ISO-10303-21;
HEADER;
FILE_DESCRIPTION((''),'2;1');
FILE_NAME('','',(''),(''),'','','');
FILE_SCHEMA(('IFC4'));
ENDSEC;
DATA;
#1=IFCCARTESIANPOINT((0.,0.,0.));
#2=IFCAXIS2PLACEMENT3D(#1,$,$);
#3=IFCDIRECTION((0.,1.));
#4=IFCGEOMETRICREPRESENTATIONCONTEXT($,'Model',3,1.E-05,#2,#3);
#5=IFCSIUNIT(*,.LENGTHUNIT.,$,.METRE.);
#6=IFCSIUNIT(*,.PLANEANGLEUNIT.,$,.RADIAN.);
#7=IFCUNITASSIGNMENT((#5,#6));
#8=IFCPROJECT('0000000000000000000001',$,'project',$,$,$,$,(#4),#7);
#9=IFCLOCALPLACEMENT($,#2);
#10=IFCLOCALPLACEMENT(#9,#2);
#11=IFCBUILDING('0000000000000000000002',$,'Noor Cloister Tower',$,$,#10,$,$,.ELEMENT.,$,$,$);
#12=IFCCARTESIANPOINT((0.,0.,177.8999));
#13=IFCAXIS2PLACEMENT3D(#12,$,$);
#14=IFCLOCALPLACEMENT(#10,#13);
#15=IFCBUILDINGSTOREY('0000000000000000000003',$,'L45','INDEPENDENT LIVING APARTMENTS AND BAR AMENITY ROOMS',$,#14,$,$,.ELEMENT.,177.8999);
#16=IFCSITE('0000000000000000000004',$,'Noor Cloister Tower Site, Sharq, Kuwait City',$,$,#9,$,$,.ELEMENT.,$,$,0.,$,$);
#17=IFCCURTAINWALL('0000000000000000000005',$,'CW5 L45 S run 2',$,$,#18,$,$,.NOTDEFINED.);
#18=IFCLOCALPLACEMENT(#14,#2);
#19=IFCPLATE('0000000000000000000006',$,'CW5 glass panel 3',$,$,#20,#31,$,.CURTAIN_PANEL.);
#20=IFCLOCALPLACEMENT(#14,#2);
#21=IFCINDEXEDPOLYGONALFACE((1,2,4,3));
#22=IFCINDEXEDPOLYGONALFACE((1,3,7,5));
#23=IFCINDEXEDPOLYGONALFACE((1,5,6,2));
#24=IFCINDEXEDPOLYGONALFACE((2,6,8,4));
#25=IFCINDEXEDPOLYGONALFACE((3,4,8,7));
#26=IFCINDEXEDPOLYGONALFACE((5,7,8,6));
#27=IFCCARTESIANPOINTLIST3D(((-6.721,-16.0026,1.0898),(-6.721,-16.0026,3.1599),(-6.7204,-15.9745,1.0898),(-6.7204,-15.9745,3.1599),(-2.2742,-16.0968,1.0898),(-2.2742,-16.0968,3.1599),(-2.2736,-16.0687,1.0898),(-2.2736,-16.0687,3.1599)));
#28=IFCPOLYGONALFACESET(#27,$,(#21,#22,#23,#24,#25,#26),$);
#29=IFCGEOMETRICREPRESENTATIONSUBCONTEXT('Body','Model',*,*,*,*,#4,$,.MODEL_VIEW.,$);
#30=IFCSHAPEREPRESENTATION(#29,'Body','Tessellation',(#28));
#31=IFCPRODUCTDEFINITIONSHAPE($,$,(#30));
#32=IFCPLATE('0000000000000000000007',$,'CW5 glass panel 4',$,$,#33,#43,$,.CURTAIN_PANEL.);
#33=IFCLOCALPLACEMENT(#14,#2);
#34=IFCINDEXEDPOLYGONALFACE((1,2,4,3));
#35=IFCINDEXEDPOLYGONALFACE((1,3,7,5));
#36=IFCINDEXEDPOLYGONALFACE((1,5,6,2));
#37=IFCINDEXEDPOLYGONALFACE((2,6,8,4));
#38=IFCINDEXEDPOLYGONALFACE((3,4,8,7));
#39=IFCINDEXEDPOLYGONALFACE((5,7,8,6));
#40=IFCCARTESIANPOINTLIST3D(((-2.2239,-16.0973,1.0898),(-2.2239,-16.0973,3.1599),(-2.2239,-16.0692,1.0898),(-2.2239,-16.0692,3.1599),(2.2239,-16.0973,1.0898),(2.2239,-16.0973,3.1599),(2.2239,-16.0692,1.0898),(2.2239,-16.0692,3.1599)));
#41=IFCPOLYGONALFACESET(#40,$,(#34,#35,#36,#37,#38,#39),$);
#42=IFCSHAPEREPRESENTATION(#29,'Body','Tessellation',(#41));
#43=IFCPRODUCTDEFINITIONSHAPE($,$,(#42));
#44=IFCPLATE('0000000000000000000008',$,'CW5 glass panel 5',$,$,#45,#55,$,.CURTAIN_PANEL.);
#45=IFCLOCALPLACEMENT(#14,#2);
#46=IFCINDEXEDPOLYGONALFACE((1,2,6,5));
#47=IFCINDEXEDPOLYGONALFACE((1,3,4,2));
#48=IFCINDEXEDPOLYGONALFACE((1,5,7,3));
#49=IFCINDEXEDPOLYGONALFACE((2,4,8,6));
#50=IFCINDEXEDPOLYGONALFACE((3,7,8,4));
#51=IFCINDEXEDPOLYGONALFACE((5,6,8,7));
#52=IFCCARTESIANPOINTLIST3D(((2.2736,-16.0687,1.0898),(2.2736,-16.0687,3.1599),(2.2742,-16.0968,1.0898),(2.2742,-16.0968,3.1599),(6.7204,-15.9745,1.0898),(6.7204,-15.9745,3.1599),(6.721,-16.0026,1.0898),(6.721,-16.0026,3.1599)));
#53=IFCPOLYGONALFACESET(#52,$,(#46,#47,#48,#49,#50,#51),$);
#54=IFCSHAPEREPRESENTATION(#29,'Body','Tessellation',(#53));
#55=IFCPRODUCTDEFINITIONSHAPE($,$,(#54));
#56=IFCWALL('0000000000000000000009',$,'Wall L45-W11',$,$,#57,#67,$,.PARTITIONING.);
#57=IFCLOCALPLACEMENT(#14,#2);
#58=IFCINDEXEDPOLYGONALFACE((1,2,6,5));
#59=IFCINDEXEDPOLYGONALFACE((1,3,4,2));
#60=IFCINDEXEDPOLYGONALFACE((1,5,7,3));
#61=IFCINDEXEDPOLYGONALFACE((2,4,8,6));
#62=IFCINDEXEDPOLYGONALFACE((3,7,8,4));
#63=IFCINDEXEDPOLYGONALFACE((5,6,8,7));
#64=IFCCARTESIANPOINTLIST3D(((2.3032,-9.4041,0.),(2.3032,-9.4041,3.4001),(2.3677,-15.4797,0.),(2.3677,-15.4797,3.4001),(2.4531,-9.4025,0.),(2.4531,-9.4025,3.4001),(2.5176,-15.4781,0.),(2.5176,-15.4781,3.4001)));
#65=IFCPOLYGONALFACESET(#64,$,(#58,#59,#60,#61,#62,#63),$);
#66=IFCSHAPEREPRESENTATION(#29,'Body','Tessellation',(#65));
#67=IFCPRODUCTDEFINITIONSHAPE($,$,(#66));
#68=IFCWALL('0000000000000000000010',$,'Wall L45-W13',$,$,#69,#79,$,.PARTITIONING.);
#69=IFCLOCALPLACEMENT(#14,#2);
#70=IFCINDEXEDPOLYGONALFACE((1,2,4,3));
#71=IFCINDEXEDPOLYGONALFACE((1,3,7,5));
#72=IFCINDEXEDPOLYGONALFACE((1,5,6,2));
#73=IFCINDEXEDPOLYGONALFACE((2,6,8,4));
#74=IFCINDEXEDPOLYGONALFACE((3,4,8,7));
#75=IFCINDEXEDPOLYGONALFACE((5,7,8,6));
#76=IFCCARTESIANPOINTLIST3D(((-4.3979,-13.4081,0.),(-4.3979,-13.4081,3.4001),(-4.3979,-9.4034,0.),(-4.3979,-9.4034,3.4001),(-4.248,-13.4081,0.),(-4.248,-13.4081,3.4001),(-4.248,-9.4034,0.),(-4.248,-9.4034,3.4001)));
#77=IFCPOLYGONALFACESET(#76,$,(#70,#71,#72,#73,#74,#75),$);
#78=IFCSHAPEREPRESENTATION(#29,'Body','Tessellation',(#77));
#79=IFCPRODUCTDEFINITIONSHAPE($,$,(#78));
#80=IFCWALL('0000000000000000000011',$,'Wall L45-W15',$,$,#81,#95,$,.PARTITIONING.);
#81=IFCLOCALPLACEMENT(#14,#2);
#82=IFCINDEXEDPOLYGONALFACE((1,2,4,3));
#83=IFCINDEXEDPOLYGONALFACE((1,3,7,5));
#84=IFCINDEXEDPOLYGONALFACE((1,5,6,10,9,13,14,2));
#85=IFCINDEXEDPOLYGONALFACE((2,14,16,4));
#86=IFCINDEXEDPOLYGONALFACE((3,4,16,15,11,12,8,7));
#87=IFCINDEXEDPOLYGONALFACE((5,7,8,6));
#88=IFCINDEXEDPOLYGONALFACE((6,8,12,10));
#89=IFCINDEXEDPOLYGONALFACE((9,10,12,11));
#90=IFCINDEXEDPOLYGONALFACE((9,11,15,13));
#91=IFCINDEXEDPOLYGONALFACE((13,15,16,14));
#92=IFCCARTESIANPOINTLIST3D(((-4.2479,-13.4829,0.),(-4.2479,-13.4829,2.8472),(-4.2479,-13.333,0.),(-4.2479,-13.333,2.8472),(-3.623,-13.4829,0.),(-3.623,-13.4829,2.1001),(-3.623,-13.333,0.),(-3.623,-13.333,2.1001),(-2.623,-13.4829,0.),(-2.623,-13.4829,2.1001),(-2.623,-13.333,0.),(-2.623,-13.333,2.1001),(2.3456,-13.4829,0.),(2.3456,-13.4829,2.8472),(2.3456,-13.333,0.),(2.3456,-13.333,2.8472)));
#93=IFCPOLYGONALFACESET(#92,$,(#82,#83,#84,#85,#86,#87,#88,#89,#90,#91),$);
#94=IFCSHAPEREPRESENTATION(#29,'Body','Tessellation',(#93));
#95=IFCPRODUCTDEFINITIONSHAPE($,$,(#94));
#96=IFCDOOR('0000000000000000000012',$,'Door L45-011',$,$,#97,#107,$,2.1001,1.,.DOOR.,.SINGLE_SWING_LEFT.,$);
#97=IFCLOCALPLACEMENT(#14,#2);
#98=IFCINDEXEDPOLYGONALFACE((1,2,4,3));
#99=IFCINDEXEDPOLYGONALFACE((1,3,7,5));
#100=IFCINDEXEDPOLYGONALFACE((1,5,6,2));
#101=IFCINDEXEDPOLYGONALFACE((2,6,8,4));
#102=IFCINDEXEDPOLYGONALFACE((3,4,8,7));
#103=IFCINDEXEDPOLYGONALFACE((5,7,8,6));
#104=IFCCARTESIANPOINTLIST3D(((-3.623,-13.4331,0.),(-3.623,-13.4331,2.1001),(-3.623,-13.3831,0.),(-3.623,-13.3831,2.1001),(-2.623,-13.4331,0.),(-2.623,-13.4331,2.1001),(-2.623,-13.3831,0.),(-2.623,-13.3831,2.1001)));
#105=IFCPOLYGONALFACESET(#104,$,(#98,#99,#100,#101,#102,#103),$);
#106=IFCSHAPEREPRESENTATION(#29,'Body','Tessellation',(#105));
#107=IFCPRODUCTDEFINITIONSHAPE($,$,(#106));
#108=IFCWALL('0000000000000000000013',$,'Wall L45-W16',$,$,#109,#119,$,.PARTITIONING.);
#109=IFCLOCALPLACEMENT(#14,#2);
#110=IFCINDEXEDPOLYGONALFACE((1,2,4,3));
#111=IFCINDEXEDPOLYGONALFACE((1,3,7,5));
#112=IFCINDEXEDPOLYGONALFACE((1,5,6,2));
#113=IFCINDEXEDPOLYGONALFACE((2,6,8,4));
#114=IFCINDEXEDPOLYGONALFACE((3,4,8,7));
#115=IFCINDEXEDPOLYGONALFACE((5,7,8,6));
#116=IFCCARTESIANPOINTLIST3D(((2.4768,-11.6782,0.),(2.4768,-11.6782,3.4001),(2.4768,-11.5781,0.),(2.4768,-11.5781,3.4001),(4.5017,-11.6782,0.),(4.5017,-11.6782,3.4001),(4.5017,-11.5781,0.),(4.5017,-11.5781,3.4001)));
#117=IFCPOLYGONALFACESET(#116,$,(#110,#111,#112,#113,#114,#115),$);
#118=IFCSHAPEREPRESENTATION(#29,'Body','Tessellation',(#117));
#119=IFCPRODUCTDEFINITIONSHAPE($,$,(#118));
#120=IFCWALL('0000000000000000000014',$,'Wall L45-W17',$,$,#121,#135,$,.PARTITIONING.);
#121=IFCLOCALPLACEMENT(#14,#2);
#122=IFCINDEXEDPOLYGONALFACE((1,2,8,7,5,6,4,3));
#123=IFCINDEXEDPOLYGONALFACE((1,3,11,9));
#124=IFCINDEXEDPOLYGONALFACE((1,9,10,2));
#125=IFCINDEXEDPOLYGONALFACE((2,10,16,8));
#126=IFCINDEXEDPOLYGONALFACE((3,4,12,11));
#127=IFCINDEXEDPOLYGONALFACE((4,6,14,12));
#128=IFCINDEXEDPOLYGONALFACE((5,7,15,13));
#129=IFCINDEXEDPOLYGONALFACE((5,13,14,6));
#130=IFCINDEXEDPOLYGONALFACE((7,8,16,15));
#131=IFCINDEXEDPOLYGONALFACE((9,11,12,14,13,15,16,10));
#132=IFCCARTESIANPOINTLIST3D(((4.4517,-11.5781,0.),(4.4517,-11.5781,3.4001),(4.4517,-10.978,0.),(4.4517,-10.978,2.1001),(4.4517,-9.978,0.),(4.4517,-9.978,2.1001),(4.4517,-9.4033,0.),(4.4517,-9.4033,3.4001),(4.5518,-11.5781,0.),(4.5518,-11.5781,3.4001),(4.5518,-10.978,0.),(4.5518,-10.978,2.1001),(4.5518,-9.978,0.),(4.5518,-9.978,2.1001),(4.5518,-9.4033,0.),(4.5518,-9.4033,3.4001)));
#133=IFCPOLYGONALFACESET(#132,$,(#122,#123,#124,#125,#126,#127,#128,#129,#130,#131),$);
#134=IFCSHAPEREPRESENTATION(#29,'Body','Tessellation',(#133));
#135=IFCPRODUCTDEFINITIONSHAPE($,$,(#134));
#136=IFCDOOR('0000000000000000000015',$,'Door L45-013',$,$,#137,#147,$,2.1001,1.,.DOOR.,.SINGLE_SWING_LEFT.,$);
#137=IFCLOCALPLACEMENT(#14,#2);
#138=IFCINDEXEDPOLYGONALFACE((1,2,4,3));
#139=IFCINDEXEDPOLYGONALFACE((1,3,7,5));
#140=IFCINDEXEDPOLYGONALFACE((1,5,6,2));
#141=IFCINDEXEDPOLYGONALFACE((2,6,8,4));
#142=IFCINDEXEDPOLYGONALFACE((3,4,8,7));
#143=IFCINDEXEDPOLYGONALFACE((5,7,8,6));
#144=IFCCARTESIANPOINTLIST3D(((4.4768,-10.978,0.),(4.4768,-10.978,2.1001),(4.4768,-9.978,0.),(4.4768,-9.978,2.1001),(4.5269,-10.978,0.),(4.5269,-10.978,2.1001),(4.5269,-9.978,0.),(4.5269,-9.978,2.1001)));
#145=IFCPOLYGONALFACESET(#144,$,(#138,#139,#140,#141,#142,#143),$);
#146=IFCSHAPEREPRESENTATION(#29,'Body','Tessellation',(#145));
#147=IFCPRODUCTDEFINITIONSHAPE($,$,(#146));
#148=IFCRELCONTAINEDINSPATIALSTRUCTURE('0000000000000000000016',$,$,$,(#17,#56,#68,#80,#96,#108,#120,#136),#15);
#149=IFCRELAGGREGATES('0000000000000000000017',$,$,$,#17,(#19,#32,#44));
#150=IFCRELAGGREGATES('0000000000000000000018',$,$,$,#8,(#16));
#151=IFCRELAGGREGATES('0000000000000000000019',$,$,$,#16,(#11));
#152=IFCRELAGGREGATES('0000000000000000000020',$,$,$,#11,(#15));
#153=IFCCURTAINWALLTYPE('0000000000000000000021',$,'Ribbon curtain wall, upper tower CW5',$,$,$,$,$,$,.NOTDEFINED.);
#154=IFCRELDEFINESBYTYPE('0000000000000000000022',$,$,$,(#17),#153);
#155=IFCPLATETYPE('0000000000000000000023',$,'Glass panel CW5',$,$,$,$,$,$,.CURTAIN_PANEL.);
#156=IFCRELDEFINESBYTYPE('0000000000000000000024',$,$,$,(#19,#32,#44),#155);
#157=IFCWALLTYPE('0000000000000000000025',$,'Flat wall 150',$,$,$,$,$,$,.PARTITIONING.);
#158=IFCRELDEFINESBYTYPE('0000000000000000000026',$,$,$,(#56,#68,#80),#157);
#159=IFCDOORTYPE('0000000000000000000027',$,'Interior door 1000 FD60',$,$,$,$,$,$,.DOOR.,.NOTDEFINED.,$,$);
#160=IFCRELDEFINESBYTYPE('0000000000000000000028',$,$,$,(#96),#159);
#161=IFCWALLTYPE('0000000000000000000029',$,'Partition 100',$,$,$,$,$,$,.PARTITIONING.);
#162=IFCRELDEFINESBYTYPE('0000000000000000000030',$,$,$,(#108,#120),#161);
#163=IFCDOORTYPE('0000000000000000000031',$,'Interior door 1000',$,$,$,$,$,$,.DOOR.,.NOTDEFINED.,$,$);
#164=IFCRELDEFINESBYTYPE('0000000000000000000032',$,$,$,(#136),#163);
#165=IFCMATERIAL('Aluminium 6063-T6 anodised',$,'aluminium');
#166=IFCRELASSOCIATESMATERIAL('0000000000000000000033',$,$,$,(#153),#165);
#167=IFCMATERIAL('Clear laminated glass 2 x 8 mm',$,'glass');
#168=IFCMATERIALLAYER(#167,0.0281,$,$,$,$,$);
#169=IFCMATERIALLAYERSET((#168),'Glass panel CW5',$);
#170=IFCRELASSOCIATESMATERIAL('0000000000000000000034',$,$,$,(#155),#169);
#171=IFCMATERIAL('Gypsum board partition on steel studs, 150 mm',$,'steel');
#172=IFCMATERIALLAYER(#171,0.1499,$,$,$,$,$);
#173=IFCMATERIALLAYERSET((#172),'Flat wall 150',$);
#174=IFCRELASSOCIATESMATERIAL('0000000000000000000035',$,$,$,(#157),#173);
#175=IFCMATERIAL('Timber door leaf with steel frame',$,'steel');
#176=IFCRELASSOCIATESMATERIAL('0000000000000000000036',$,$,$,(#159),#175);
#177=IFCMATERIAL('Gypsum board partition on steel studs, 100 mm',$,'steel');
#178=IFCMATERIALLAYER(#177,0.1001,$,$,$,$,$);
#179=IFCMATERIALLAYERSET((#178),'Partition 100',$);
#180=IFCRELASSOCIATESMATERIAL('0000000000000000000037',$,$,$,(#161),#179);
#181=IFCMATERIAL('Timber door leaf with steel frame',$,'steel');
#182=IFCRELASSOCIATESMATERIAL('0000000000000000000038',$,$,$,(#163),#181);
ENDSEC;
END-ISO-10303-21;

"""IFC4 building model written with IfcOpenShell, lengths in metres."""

from ifc_helpers import new_model, si_unit, direction, frame, frame_2d, origin, origin_2d, place, context, subcontext, project, spatial, rectangle, extrude, material, layer, layer_set, type_object, element, fill, aggregate, save


model = new_model("IFC4")

# Units and contexts
model_context = context("Model", 3, precision=1e-05, world=origin(), true_north=direction((0.0, 1.0)))
body_context = subcontext(model_context, "Body", "Model", "MODEL_VIEW")
ifc_project = project(units=[si_unit("LENGTHUNIT", "METRE"), si_unit("PLANEANGLEUNIT", "RADIAN")], contexts=[model_context])

# Site, building, storey
site_placement = place(None, origin())
site = spatial("IfcSite", under=ifc_project, at=site_placement, Name="Noor Cloister Tower Site, Sharq, Kuwait City", CompositionType="ELEMENT", RefElevation=0.0)
building_placement = place(site_placement, origin())
building = spatial("IfcBuilding", under=site, at=building_placement, Name="Noor Cloister Tower", CompositionType="ELEMENT")
storey_placement = place(building_placement, frame((0.0, 0.0, 177.8999)))
storey = spatial("IfcBuildingStorey", under=building, at=storey_placement, Name="L45", Description="INDEPENDENT LIVING APARTMENTS AND BAR AMENITY ROOMS", CompositionType="ELEMENT", Elevation=177.8999)

# Curtain wall
ifc_material_1 = material(Name="Aluminium 6063-T6 anodised", Category="aluminium")
curtain_wall_type = type_object("IfcCurtainWallType", Name="Ribbon curtain wall, upper tower CW5", PredefinedType="NOTDEFINED", material=ifc_material_1)
curtain_wall_placement = place(storey_placement, origin())
curtain_wall = element("IfcCurtainWall", 1, at=curtain_wall_placement, inside=storey, type_object=curtain_wall_type, Name="CW5 L45 S run 2", PredefinedType="NOTDEFINED")

# Plates
ifc_material_2 = material(Name="Clear laminated glass 2 x 8 mm", Category="glass")
ifc_layer_1 = layer(ifc_material_2, 0.0281)
ifc_layer_set_1 = layer_set([ifc_layer_1], Name="Glass panel CW5")
plate_type = type_object("IfcPlateType", Name="Glass panel CW5", PredefinedType="CURTAIN_PANEL", material=ifc_layer_set_1)
plate_1_placement = place(storey_placement, frame((-4.4973, -16.0356, 1.0898), z_axis=(0.0, 0.0, 1.0), x_axis=(0.999776, -0.02118, 0.0)))
plate_1 = element("IfcPlate", 2, at=plate_1_placement, type_object=plate_type, Name="CW5 glass panel 3", PredefinedType="CURTAIN_PANEL", context=body_context, shape_type="SweptSolid", body=[
    extrude(rectangle(XDim=4.4478, YDim=0.0281, at=origin_2d()), origin(), (0.0, 0.0, 1.0), 2.0701),
])
plate_2_placement = place(storey_placement, frame((0.0, -16.0833, 1.0898), z_axis=(0.0, 0.0, 1.0), x_axis=(1.0, 0.0, 0.0)))
plate_2 = element("IfcPlate", 3, at=plate_2_placement, type_object=plate_type, Name="CW5 glass panel 4", PredefinedType="CURTAIN_PANEL", context=body_context, shape_type="SweptSolid", body=[
    extrude(rectangle(XDim=4.4478, YDim=0.0281, at=origin_2d()), origin(), (0.0, 0.0, 1.0), 2.0701),
])
plate_3_placement = place(storey_placement, frame((4.4973, -16.0356, 1.0898), z_axis=(0.0, 0.0, 1.0), x_axis=(0.999776, 0.02118, 0.0)))
plate_3 = element("IfcPlate", 4, at=plate_3_placement, type_object=plate_type, Name="CW5 glass panel 5", PredefinedType="CURTAIN_PANEL", context=body_context, shape_type="SweptSolid", body=[
    extrude(rectangle(XDim=4.4478, YDim=0.0281, at=origin_2d()), origin(), (0.0, 0.0, 1.0), 2.0701),
])
aggregate(curtain_wall, [plate_1, plate_2, plate_3])

# Walls
ifc_material_3 = material(Name="Gypsum board partition on steel studs, 150 mm", Category="steel")
ifc_layer_2 = layer(ifc_material_3, 0.1499)
ifc_layer_set_2 = layer_set([ifc_layer_2], Name="Flat wall 150")
wall_type_1 = type_object("IfcWallType", Name="Flat wall 150", PredefinedType="PARTITIONING", material=ifc_layer_set_2)
wall_1_placement = place(storey_placement, frame((2.4426, -15.479, 0.0), z_axis=(0.0, 0.0, 1.0), x_axis=(-0.010608, 0.999944, 0.0)))
element("IfcWall", 5, at=wall_1_placement, inside=storey, type_object=wall_type_1, Name="Wall L45-W11", PredefinedType="PARTITIONING", context=body_context, shape_type="SweptSolid", body=[
    extrude(rectangle(XDim=6.0759, YDim=0.1499, at=frame_2d((3.0381, 0.0))), origin(), (0.0, 0.0, 1.0), 3.4001),
])
wall_2_placement = place(storey_placement, frame((-4.323, -9.4033, 0.0), z_axis=(0.0, 0.0, 1.0), x_axis=(0.0, -1.0, 0.0)))
element("IfcWall", 6, at=wall_2_placement, inside=storey, type_object=wall_type_1, Name="Wall L45-W13", PredefinedType="PARTITIONING", context=body_context, shape_type="SweptSolid", body=[
    extrude(rectangle(XDim=4.0046, YDim=0.1499, at=frame_2d((2.0024, 0.0))), origin(), (0.0, 0.0, 1.0), 3.4001),
])

# Wall, opening, door
wall_3_placement = place(storey_placement, frame((-4.248, -13.408, 0.0), z_axis=(0.0, 0.0, 1.0), x_axis=(1.0, 0.0, 0.0)))
wall_3 = element("IfcWall", 7, at=wall_3_placement, inside=storey, type_object=wall_type_1, Name="Wall L45-W15", PredefinedType="PARTITIONING", context=body_context, shape_type="SweptSolid", body=[
    extrude(rectangle(XDim=6.5935, YDim=0.1499, at=frame_2d((3.2969, 0.0))), origin(), (0.0, 0.0, 1.0), 2.8472),
])
opening_1_placement = place(wall_3_placement, frame((0.625, 0.0, 0.0)))
opening_1 = element("IfcOpeningElement", 8, at=opening_1_placement, cuts=wall_3, PredefinedType="OPENING", context=body_context, shape_type="SweptSolid", body=[
    extrude(rectangle(XDim=1.0, YDim=2.1001, at=frame_2d((0.5, 1.05))), frame((0.0, 0.085, 0.0), z_axis=(0.0, -1.0, 0.0), x_axis=(1.0, 0.0, 0.0)), (0.0, 0.0, 1.0), 0.1699),
])
ifc_material_4 = material(Name="Timber door leaf with steel frame", Category="steel")
door_type_1 = type_object("IfcDoorType", Name="Interior door 1000 FD60", OperationType="NOTDEFINED", PredefinedType="DOOR", material=ifc_material_4)
door_1_placement = place(opening_1_placement, origin())
door_1 = element("IfcDoor", 9, at=door_1_placement, inside=storey, type_object=door_type_1, Name="Door L45-011", OperationType="SINGLE_SWING_LEFT", OverallHeight=2.1001, OverallWidth=1.0, PredefinedType="DOOR", context=body_context, shape_type="SweptSolid", body=[
    extrude(rectangle(XDim=1.0, YDim=2.1001, at=frame_2d((0.5, 1.05))), frame((0.0, 0.0249, 0.0), z_axis=(0.0, -1.0, 0.0), x_axis=(1.0, 0.0, 0.0)), (0.0, 0.0, 1.0), 0.05),
])
fill(opening_1, door_1)

# Wall
ifc_material_5 = material(Name="Gypsum board partition on steel studs, 100 mm", Category="steel")
ifc_layer_3 = layer(ifc_material_5, 0.1001)
ifc_layer_set_3 = layer_set([ifc_layer_3], Name="Partition 100")
wall_type_2 = type_object("IfcWallType", Name="Partition 100", PredefinedType="PARTITIONING", material=ifc_layer_set_3)
wall_4_placement = place(storey_placement, frame((2.4768, -11.6282, 0.0), z_axis=(0.0, 0.0, 1.0), x_axis=(1.0, 0.0, 0.0)))
element("IfcWall", 10, at=wall_4_placement, inside=storey, type_object=wall_type_2, Name="Wall L45-W16", PredefinedType="PARTITIONING", context=body_context, shape_type="SweptSolid", body=[
    extrude(rectangle(XDim=2.0249, YDim=0.1001, at=frame_2d((1.0125, 0.0))), origin(), (0.0, 0.0, 1.0), 3.4001),
])

# Wall, opening, door
wall_5_placement = place(storey_placement, frame((4.5017, -11.5781, 0.0), z_axis=(0.0, 0.0, 1.0), x_axis=(0.0, 1.0, 0.0)))
wall_5 = element("IfcWall", 11, at=wall_5_placement, inside=storey, type_object=wall_type_2, Name="Wall L45-W17", PredefinedType="PARTITIONING", context=body_context, shape_type="SweptSolid", body=[
    extrude(rectangle(XDim=2.1748, YDim=0.1001, at=frame_2d((1.0874, 0.0))), origin(), (0.0, 0.0, 1.0), 3.4001),
])
opening_2_placement = place(wall_5_placement, frame((0.6001, 0.0, 0.0)))
opening_2 = element("IfcOpeningElement", 12, at=opening_2_placement, cuts=wall_5, PredefinedType="OPENING", context=body_context, shape_type="SweptSolid", body=[
    extrude(rectangle(XDim=1.0, YDim=2.1001, at=frame_2d((0.5, 1.05))), frame((0.0, 0.0601, 0.0), z_axis=(0.0, -1.0, 0.0), x_axis=(1.0, 0.0, 0.0)), (0.0, 0.0, 1.0), 0.1201),
])
ifc_material_6 = material(Name="Timber door leaf with steel frame", Category="steel")
door_type_2 = type_object("IfcDoorType", Name="Interior door 1000", OperationType="NOTDEFINED", PredefinedType="DOOR", material=ifc_material_6)
door_2_placement = place(opening_2_placement, origin())
door_2 = element("IfcDoor", 13, at=door_2_placement, inside=storey, type_object=door_type_2, Name="Door L45-013", OperationType="SINGLE_SWING_LEFT", OverallHeight=2.1001, OverallWidth=1.0, PredefinedType="DOOR", context=body_context, shape_type="SweptSolid", body=[
    extrude(rectangle(XDim=1.0, YDim=2.1001, at=frame_2d((0.5, 1.05))), frame((0.0, 0.0249, 0.0), z_axis=(0.0, -1.0, 0.0), x_axis=(1.0, 0.0, 0.0)), (0.0, 0.0, 1.0), 0.05),
])
fill(opening_2, door_2)

save(model, "model.ifc")
